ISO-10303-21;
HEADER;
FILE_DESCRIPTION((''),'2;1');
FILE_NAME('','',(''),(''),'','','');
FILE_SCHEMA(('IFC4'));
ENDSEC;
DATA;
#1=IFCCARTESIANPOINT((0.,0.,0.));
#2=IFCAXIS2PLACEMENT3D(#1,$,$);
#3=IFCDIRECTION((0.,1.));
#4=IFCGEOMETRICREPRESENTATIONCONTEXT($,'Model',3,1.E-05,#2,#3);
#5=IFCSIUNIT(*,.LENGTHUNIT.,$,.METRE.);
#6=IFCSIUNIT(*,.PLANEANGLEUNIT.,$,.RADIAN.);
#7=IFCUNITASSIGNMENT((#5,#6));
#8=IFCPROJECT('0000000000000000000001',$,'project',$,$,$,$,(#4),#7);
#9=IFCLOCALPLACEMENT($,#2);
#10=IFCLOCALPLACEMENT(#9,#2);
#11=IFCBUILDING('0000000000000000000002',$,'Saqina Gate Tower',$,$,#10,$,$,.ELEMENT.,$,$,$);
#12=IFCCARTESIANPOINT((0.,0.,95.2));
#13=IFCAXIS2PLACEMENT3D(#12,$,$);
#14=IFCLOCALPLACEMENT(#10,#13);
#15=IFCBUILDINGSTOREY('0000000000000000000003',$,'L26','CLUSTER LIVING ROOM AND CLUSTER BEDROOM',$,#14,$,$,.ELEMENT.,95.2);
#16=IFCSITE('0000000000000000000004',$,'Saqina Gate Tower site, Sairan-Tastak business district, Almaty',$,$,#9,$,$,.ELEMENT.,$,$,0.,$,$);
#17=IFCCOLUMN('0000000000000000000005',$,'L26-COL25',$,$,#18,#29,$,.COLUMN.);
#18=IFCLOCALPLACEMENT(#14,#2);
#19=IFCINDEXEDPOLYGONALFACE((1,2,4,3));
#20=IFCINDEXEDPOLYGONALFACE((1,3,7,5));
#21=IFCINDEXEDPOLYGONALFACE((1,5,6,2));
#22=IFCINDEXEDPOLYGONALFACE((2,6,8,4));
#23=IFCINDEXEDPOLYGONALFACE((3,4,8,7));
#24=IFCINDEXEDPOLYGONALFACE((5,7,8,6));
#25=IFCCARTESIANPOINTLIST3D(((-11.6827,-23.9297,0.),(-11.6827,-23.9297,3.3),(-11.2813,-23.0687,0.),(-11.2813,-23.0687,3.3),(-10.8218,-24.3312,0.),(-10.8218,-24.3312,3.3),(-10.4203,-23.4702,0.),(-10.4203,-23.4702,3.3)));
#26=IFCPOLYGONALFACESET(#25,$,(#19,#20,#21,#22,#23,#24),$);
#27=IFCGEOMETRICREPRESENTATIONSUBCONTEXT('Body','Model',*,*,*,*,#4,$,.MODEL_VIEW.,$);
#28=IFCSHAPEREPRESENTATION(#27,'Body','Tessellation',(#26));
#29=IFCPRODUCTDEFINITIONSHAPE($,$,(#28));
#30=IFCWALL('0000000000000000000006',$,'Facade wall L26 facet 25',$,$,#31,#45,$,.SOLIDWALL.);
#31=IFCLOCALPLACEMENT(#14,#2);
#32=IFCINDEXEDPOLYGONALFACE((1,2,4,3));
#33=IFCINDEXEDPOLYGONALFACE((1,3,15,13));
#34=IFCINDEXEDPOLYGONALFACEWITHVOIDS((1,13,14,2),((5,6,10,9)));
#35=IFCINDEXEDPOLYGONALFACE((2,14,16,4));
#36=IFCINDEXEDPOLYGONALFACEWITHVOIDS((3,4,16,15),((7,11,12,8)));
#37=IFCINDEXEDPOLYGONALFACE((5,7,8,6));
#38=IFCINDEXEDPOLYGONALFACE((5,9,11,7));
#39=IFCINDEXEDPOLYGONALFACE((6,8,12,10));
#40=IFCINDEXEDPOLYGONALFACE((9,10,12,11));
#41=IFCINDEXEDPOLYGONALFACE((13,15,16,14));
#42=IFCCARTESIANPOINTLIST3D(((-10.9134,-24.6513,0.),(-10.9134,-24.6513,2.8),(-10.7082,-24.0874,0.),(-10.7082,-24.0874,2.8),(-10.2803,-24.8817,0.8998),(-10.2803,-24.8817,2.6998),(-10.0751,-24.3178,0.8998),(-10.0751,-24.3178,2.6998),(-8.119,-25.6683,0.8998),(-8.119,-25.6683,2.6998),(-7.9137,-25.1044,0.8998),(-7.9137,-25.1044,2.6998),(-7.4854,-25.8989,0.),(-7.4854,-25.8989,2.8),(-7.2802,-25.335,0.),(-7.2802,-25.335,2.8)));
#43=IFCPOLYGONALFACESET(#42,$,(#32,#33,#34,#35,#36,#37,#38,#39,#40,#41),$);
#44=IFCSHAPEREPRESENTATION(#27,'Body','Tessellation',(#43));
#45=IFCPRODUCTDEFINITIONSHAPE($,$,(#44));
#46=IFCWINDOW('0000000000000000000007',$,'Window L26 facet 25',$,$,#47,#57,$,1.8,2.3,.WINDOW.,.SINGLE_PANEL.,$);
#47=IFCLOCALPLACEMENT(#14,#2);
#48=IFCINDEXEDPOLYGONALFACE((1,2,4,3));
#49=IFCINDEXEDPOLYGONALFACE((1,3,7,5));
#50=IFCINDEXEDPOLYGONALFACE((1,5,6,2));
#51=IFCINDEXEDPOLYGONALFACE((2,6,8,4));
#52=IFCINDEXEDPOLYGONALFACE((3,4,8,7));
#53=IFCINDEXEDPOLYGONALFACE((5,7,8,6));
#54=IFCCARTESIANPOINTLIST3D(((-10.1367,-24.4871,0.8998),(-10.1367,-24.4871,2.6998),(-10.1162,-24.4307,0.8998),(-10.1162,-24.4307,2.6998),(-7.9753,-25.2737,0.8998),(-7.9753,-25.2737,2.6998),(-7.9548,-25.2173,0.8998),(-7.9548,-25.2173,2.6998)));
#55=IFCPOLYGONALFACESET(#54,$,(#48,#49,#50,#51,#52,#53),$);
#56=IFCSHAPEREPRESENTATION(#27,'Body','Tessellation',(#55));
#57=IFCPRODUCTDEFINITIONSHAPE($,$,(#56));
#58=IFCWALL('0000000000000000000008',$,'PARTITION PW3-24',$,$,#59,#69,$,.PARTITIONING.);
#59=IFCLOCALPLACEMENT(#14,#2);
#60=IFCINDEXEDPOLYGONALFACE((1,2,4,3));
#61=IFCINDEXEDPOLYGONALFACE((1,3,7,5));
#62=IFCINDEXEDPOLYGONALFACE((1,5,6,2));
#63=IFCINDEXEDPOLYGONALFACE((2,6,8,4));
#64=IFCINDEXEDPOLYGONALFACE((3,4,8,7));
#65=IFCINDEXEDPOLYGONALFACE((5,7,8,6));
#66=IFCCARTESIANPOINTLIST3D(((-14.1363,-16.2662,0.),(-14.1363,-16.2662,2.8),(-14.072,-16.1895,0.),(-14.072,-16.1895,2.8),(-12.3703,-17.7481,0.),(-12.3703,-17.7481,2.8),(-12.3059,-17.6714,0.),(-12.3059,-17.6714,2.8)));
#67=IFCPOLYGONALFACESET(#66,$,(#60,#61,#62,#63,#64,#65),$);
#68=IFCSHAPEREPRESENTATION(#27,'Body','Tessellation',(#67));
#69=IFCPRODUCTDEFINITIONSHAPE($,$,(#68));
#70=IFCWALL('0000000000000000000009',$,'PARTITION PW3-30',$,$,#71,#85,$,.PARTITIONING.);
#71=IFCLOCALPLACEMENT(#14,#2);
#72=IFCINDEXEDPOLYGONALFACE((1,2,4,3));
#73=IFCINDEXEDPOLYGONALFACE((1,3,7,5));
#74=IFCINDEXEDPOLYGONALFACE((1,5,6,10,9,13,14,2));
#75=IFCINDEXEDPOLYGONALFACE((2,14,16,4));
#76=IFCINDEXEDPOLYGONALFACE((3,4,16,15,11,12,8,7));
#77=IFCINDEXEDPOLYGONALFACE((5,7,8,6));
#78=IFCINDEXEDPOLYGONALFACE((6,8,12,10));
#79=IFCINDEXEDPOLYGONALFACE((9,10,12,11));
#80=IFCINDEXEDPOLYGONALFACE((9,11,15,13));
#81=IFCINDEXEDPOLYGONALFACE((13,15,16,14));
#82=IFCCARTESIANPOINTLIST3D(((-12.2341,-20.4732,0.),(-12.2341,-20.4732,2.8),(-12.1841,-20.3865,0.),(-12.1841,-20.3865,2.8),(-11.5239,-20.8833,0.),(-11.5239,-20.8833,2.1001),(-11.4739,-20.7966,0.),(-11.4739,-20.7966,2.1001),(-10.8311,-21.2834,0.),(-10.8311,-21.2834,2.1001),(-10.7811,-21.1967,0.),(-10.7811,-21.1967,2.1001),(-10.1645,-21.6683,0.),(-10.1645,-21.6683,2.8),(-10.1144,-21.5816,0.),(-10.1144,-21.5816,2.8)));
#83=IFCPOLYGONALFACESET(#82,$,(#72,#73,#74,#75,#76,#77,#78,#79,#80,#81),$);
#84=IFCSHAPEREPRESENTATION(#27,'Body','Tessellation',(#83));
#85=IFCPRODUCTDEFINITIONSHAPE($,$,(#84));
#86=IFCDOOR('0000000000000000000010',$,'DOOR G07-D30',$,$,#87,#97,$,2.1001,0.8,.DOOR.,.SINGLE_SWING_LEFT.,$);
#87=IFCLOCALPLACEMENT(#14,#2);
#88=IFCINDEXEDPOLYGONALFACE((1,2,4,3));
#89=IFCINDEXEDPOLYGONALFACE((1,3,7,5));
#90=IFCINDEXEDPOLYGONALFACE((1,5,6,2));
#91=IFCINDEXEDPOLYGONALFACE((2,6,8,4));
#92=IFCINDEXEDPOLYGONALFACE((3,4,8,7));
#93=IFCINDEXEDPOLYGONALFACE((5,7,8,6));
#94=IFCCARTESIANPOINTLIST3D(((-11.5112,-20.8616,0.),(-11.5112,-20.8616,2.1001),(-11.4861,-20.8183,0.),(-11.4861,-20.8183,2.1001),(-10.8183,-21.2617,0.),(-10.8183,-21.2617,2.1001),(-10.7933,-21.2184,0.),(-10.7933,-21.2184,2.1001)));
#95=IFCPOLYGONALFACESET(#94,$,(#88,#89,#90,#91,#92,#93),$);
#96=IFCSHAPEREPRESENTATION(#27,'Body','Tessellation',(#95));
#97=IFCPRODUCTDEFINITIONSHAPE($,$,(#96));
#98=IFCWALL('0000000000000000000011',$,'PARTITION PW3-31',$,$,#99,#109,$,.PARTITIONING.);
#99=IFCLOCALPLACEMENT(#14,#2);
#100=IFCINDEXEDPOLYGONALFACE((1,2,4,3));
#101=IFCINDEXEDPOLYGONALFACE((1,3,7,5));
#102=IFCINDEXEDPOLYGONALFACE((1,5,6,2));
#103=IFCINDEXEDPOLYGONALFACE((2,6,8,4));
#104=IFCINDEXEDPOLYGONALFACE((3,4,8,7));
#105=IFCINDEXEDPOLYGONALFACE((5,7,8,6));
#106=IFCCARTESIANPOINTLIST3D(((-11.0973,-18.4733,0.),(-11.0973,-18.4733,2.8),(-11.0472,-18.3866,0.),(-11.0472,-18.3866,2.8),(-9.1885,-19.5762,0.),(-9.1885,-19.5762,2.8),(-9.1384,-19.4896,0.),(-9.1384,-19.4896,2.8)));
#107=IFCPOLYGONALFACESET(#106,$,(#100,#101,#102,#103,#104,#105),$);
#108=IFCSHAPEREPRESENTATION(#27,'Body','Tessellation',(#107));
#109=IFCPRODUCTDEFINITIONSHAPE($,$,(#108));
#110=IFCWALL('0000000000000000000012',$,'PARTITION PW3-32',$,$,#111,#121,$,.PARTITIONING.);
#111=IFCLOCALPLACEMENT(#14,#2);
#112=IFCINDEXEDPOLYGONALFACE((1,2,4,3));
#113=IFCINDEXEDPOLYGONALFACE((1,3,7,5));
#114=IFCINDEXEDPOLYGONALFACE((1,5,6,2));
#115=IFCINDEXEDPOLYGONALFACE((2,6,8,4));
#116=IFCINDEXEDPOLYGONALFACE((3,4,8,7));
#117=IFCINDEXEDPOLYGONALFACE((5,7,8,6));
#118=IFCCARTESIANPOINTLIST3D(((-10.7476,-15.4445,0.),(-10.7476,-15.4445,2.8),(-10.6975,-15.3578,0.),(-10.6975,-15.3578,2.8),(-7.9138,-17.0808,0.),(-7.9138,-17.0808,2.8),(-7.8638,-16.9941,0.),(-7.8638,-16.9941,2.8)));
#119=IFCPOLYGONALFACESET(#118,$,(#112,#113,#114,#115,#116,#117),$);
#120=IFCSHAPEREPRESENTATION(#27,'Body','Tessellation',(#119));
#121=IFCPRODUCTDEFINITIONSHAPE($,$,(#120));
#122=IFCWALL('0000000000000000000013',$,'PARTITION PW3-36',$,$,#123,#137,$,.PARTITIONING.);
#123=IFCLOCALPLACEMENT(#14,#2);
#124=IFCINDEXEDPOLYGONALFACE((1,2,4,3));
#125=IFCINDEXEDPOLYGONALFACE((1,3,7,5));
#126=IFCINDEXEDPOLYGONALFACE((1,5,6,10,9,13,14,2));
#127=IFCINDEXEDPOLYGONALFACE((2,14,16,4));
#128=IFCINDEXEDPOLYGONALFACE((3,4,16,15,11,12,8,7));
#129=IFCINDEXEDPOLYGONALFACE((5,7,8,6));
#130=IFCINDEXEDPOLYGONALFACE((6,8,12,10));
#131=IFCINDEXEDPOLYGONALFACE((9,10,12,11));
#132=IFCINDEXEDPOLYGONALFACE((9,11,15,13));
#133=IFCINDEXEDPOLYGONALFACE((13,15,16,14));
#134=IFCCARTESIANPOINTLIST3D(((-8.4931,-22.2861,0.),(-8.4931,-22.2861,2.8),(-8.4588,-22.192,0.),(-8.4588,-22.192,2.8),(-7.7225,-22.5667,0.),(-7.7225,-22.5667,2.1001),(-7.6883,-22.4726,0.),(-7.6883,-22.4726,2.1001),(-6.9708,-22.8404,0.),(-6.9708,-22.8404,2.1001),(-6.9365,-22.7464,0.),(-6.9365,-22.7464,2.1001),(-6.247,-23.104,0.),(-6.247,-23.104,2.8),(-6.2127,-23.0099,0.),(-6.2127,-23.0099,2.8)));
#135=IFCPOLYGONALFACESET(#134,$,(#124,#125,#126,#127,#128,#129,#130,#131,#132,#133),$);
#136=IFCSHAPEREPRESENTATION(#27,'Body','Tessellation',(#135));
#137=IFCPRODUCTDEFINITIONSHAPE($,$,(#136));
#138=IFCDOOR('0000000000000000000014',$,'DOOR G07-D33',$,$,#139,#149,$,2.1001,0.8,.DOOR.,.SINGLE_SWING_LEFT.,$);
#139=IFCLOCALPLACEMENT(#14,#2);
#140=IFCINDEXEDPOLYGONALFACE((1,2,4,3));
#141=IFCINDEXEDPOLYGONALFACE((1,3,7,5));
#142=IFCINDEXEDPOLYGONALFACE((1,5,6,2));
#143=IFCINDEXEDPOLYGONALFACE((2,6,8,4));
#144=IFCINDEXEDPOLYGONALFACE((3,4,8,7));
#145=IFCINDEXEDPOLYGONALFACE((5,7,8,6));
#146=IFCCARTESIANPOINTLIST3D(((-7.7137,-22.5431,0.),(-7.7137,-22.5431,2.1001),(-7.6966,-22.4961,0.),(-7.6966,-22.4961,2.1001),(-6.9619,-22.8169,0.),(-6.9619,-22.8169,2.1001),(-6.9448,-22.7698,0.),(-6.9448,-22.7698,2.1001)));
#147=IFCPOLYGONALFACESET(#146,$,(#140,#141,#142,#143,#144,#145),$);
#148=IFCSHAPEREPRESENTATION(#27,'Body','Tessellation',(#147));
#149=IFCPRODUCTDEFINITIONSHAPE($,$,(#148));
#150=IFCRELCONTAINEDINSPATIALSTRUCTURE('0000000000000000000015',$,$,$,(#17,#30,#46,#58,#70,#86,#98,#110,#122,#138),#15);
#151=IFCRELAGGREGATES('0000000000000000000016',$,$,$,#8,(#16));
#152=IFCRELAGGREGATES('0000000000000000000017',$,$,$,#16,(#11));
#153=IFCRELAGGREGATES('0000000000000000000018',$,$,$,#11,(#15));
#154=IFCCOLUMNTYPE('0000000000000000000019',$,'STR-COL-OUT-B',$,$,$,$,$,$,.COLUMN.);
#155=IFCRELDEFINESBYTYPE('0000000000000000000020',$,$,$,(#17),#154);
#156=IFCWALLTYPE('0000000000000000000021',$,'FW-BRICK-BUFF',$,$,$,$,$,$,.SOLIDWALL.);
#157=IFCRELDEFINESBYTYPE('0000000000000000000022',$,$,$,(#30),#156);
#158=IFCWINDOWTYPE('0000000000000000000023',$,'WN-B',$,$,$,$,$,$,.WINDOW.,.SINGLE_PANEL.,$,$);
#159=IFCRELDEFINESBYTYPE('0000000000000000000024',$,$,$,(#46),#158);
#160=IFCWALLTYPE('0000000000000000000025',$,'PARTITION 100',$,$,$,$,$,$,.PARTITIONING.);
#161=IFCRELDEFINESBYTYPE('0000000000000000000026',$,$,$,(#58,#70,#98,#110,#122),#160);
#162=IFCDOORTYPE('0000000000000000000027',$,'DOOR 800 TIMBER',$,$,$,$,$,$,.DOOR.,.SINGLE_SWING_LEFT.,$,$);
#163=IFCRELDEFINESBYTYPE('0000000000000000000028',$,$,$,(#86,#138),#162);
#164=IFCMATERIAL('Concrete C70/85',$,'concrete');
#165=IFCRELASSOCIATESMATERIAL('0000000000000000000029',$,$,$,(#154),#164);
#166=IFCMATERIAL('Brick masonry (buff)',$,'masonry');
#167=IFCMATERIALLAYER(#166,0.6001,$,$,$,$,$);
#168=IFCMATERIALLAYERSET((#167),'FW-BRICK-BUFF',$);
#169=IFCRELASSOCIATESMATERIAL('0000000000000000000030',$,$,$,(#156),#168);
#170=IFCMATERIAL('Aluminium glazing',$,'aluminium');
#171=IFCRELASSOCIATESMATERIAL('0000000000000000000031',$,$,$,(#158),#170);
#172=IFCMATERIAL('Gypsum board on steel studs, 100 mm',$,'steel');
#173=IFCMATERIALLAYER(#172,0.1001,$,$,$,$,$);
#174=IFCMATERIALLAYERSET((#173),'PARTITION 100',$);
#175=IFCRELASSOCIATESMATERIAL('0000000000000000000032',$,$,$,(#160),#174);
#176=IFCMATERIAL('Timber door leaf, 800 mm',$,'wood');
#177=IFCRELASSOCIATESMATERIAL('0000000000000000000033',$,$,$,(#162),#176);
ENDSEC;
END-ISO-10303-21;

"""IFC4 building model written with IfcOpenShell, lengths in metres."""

from ifc_helpers import new_model, si_unit, direction, frame, frame_2d, origin, origin_2d, place, context, subcontext, project, spatial, rectangle, extrude, material, layer, layer_set, material_profile, profile_set, type_object, element, fill, save


model = new_model("IFC4")

# Units and contexts
model_context = context("Model", 3, precision=1e-05, world=origin(), true_north=direction((0.0, 1.0)))
body_context = subcontext(model_context, "Body", "Model", "MODEL_VIEW")
ifc_project = project(units=[si_unit("LENGTHUNIT", "METRE"), si_unit("PLANEANGLEUNIT", "RADIAN")], contexts=[model_context])

# Site, building, storey
site_placement = place(None, origin())
site = spatial("IfcSite", under=ifc_project, at=site_placement, Name="Saqina Gate Tower site, Sairan-Tastak business district, Almaty", CompositionType="ELEMENT", RefElevation=0.0)
building_placement = place(site_placement, origin())
building = spatial("IfcBuilding", under=site, at=building_placement, Name="Saqina Gate Tower", CompositionType="ELEMENT")
storey_placement = place(building_placement, frame((0.0, 0.0, 95.2)))
storey = spatial("IfcBuildingStorey", under=building, at=storey_placement, Name="L26", Description="CLUSTER LIVING ROOM AND CLUSTER BEDROOM", CompositionType="ELEMENT", Elevation=95.2)

# Column
ifc_material_1 = material(Name="Concrete C70/85", Category="concrete")
ifc_material_profile = material_profile(ifc_material_1, rectangle(XDim=0.95, YDim=0.95, at=origin_2d()), Name="RC 950x950")
ifc_profile_set = profile_set([ifc_material_profile], Name="Concrete C70/85")
column_type = type_object("IfcColumnType", Name="STR-COL-OUT-B", PredefinedType="COLUMN", material=ifc_profile_set)
column_placement = place(storey_placement, frame((-11.0515, -23.7, 0.0), z_axis=(0.0, 0.0, 1.0), x_axis=(-0.422618, -0.906308, 0.0)))
element("IfcColumn", 1, at=column_placement, inside=storey, type_object=column_type, Name="L26-COL25", PredefinedType="COLUMN", context=body_context, shape_type="SweptSolid", body=[
    extrude(rectangle(XDim=0.95, YDim=0.95, at=origin_2d()), origin(), (0.0, 0.0, 1.0), 3.3),
])

# Wall, opening, window
ifc_material_2 = material(Name="Brick masonry (buff)", Category="masonry")
ifc_layer_1 = layer(ifc_material_2, 0.6001)
ifc_layer_set_1 = layer_set([ifc_layer_1], Name="FW-BRICK-BUFF")
wall_type_1 = type_object("IfcWallType", Name="FW-BRICK-BUFF", PredefinedType="SOLIDWALL", material=ifc_layer_set_1)
wall_1_placement = place(storey_placement, frame((-10.8108, -24.3694, 0.0), z_axis=(0.0, 0.0, 1.0), x_axis=(0.939704, -0.34199, 0.0)))
wall_1 = element("IfcWall", 2, at=wall_1_placement, inside=storey, type_object=wall_type_1, Name="Facade wall L26 facet 25", PredefinedType="SOLIDWALL", context=body_context, shape_type="SweptSolid", body=[
    extrude(rectangle(XDim=3.6479, YDim=0.6001, at=frame_2d((1.824, 0.0))), origin(), (0.0, 0.0, 1.0), 2.8),
])
opening_1_placement = place(wall_1_placement, frame((0.6738, 0.0, 0.8999)))
opening_1 = element("IfcOpeningElement", 3, at=opening_1_placement, cuts=wall_1, PredefinedType="OPENING", context=body_context, shape_type="SweptSolid", body=[
    extrude(rectangle(XDim=2.3, YDim=1.8, at=frame_2d((1.1499, 0.8999))), frame((0.0, 0.312, 0.0), z_axis=(0.0, -1.0, 0.0), x_axis=(1.0, 0.0, 0.0)), (0.0, 0.0, 1.0), 0.624),
])
ifc_material_3 = material(Name="Aluminium glazing", Category="aluminium")
window_type = type_object("IfcWindowType", Name="WN-B", PartitioningType="SINGLE_PANEL", PredefinedType="WINDOW", material=ifc_material_3)
window_placement = place(opening_1_placement, origin())
window = element("IfcWindow", 4, at=window_placement, inside=storey, type_object=window_type, Name="Window L26 facet 25", OverallHeight=1.8, OverallWidth=2.3, PartitioningType="SINGLE_PANEL", PredefinedType="WINDOW", context=body_context, shape_type="SweptSolid", body=[
    extrude(rectangle(XDim=2.3, YDim=1.8, at=frame_2d((1.1499, 0.8999))), frame((0.0, 0.1799, 0.0), z_axis=(0.0, -1.0, 0.0), x_axis=(1.0, 0.0, 0.0)), (0.0, 0.0, 1.0), 0.0601),
])
fill(opening_1, window)

# Wall
ifc_material_4 = material(Name="Gypsum board on steel studs, 100 mm", Category="steel")
ifc_layer_2 = layer(ifc_material_4, 0.1001)
ifc_layer_set_2 = layer_set([ifc_layer_2], Name="PARTITION 100")
wall_type_2 = type_object("IfcWallType", Name="PARTITION 100", PredefinedType="PARTITIONING", material=ifc_layer_set_2)
wall_2_placement = place(storey_placement, frame((-14.1042, -16.2278, 0.0), z_axis=(0.0, 0.0, 1.0), x_axis=(0.766047, -0.642785, 0.0)))
element("IfcWall", 5, at=wall_2_placement, inside=storey, type_object=wall_type_2, Name="PARTITION PW3-24", PredefinedType="PARTITIONING", context=body_context, shape_type="SweptSolid", body=[
    extrude(rectangle(XDim=2.3054, YDim=0.1001, at=frame_2d((1.1528, 0.0))), origin(), (0.0, 0.0, 1.0), 2.8),
])

# Wall, opening, door
wall_3_placement = place(storey_placement, frame((-12.209, -20.4299, 0.0), z_axis=(0.0, 0.0, 1.0), x_axis=(0.86599, -0.500061, 0.0)))
wall_3 = element("IfcWall", 6, at=wall_3_placement, inside=storey, type_object=wall_type_2, Name="PARTITION PW3-30", PredefinedType="PARTITIONING", context=body_context, shape_type="SweptSolid", body=[
    extrude(rectangle(XDim=2.3899, YDim=0.1001, at=frame_2d((1.1948, 0.0))), origin(), (0.0, 0.0, 1.0), 2.8),
])
opening_2_placement = place(wall_3_placement, frame((0.8201, 0.0, 0.0)))
opening_2 = element("IfcOpeningElement", 7, at=opening_2_placement, cuts=wall_3, PredefinedType="OPENING", context=body_context, shape_type="SweptSolid", body=[
    extrude(rectangle(XDim=0.8, YDim=2.1001, at=frame_2d((0.3999, 1.05))), frame((0.0, 0.062, 0.0), z_axis=(0.0, -1.0, 0.0), x_axis=(1.0, 0.0, 0.0)), (0.0, 0.0, 1.0), 0.124),
])
ifc_material_5 = material(Name="Timber door leaf, 800 mm", Category="wood")
door_type_1 = type_object("IfcDoorType", Name="DOOR 800 TIMBER", OperationType="SINGLE_SWING_LEFT", PredefinedType="DOOR", material=ifc_material_5)
door_1_placement = place(opening_2_placement, frame((0.8, 0.0, 0.0), z_axis=(0.0, 0.0, 1.0), x_axis=(-1.0, 0.0, 0.0)))
door_1 = element("IfcDoor", 8, at=door_1_placement, inside=storey, type_object=door_type_1, Name="DOOR G07-D30", OperationType="SINGLE_SWING_LEFT", OverallHeight=2.1001, OverallWidth=0.8, PredefinedType="DOOR", context=body_context, shape_type="SweptSolid", body=[
    extrude(rectangle(XDim=0.8, YDim=2.1001, at=frame_2d((0.3999, 1.05))), frame((0.0, 0.0249, 0.0), z_axis=(0.0, -1.0, 0.0), x_axis=(1.0, 0.0, 0.0)), (0.0, 0.0, 1.0), 0.05),
])
fill(opening_2, door_1)

# Walls
wall_4_placement = place(storey_placement, frame((-11.0723, -18.4299, 0.0), z_axis=(0.0, 0.0, 1.0), x_axis=(0.865848, -0.500307, 0.0)))
element("IfcWall", 9, at=wall_4_placement, inside=storey, type_object=wall_type_2, Name="PARTITION PW3-31", PredefinedType="PARTITIONING", context=body_context, shape_type="SweptSolid", body=[
    extrude(rectangle(XDim=2.2046, YDim=0.1001, at=frame_2d((1.1023, 0.0))), origin(), (0.0, 0.0, 1.0), 2.8),
])
wall_5_placement = place(storey_placement, frame((-10.7227, -15.4011, 0.0), z_axis=(0.0, 0.0, 1.0), x_axis=(0.866003, -0.500039, 0.0)))
element("IfcWall", 10, at=wall_5_placement, inside=storey, type_object=wall_type_2, Name="PARTITION PW3-32", PredefinedType="PARTITIONING", context=body_context, shape_type="SweptSolid", body=[
    extrude(rectangle(XDim=3.2722, YDim=0.1001, at=frame_2d((1.6362, 0.0))), origin(), (0.0, 0.0, 1.0), 2.8),
])

# Wall, opening, door
wall_6_placement = place(storey_placement, frame((-8.4761, -22.239, 0.0), z_axis=(0.0, 0.0, 1.0), x_axis=(0.939644, -0.342153, 0.0)))
wall_6 = element("IfcWall", 11, at=wall_6_placement, inside=storey, type_object=wall_type_2, Name="PARTITION PW3-36", PredefinedType="PARTITIONING", context=body_context, shape_type="SweptSolid", body=[
    extrude(rectangle(XDim=2.3904, YDim=0.1001, at=frame_2d((1.1953, 0.0))), origin(), (0.0, 0.0, 1.0), 2.8),
])
opening_3_placement = place(wall_6_placement, frame((0.8203, 0.0, 0.0)))
opening_3 = element("IfcOpeningElement", 12, at=opening_3_placement, cuts=wall_6, PredefinedType="OPENING", context=body_context, shape_type="SweptSolid", body=[
    extrude(rectangle(XDim=0.8, YDim=2.1001, at=frame_2d((0.3999, 1.05))), frame((0.0, 0.062, 0.0), z_axis=(0.0, -1.0, 0.0), x_axis=(1.0, 0.0, 0.0)), (0.0, 0.0, 1.0), 0.124),
])
door_2_placement = place(opening_3_placement, frame((0.8, 0.0, 0.0), z_axis=(0.0, 0.0, 1.0), x_axis=(-1.0, 0.0, 0.0)))
door_2 = element("IfcDoor", 13, at=door_2_placement, inside=storey, type_object=door_type_1, Name="DOOR G07-D33", OperationType="SINGLE_SWING_LEFT", OverallHeight=2.1001, OverallWidth=0.8, PredefinedType="DOOR", context=body_context, shape_type="SweptSolid", body=[
    extrude(rectangle(XDim=0.8, YDim=2.1001, at=frame_2d((0.3999, 1.05))), frame((0.0, 0.0249, 0.0), z_axis=(0.0, -1.0, 0.0), x_axis=(1.0, 0.0, 0.0)), (0.0, 0.0, 1.0), 0.05),
])
fill(opening_3, door_2)

save(model, "model.ifc")
